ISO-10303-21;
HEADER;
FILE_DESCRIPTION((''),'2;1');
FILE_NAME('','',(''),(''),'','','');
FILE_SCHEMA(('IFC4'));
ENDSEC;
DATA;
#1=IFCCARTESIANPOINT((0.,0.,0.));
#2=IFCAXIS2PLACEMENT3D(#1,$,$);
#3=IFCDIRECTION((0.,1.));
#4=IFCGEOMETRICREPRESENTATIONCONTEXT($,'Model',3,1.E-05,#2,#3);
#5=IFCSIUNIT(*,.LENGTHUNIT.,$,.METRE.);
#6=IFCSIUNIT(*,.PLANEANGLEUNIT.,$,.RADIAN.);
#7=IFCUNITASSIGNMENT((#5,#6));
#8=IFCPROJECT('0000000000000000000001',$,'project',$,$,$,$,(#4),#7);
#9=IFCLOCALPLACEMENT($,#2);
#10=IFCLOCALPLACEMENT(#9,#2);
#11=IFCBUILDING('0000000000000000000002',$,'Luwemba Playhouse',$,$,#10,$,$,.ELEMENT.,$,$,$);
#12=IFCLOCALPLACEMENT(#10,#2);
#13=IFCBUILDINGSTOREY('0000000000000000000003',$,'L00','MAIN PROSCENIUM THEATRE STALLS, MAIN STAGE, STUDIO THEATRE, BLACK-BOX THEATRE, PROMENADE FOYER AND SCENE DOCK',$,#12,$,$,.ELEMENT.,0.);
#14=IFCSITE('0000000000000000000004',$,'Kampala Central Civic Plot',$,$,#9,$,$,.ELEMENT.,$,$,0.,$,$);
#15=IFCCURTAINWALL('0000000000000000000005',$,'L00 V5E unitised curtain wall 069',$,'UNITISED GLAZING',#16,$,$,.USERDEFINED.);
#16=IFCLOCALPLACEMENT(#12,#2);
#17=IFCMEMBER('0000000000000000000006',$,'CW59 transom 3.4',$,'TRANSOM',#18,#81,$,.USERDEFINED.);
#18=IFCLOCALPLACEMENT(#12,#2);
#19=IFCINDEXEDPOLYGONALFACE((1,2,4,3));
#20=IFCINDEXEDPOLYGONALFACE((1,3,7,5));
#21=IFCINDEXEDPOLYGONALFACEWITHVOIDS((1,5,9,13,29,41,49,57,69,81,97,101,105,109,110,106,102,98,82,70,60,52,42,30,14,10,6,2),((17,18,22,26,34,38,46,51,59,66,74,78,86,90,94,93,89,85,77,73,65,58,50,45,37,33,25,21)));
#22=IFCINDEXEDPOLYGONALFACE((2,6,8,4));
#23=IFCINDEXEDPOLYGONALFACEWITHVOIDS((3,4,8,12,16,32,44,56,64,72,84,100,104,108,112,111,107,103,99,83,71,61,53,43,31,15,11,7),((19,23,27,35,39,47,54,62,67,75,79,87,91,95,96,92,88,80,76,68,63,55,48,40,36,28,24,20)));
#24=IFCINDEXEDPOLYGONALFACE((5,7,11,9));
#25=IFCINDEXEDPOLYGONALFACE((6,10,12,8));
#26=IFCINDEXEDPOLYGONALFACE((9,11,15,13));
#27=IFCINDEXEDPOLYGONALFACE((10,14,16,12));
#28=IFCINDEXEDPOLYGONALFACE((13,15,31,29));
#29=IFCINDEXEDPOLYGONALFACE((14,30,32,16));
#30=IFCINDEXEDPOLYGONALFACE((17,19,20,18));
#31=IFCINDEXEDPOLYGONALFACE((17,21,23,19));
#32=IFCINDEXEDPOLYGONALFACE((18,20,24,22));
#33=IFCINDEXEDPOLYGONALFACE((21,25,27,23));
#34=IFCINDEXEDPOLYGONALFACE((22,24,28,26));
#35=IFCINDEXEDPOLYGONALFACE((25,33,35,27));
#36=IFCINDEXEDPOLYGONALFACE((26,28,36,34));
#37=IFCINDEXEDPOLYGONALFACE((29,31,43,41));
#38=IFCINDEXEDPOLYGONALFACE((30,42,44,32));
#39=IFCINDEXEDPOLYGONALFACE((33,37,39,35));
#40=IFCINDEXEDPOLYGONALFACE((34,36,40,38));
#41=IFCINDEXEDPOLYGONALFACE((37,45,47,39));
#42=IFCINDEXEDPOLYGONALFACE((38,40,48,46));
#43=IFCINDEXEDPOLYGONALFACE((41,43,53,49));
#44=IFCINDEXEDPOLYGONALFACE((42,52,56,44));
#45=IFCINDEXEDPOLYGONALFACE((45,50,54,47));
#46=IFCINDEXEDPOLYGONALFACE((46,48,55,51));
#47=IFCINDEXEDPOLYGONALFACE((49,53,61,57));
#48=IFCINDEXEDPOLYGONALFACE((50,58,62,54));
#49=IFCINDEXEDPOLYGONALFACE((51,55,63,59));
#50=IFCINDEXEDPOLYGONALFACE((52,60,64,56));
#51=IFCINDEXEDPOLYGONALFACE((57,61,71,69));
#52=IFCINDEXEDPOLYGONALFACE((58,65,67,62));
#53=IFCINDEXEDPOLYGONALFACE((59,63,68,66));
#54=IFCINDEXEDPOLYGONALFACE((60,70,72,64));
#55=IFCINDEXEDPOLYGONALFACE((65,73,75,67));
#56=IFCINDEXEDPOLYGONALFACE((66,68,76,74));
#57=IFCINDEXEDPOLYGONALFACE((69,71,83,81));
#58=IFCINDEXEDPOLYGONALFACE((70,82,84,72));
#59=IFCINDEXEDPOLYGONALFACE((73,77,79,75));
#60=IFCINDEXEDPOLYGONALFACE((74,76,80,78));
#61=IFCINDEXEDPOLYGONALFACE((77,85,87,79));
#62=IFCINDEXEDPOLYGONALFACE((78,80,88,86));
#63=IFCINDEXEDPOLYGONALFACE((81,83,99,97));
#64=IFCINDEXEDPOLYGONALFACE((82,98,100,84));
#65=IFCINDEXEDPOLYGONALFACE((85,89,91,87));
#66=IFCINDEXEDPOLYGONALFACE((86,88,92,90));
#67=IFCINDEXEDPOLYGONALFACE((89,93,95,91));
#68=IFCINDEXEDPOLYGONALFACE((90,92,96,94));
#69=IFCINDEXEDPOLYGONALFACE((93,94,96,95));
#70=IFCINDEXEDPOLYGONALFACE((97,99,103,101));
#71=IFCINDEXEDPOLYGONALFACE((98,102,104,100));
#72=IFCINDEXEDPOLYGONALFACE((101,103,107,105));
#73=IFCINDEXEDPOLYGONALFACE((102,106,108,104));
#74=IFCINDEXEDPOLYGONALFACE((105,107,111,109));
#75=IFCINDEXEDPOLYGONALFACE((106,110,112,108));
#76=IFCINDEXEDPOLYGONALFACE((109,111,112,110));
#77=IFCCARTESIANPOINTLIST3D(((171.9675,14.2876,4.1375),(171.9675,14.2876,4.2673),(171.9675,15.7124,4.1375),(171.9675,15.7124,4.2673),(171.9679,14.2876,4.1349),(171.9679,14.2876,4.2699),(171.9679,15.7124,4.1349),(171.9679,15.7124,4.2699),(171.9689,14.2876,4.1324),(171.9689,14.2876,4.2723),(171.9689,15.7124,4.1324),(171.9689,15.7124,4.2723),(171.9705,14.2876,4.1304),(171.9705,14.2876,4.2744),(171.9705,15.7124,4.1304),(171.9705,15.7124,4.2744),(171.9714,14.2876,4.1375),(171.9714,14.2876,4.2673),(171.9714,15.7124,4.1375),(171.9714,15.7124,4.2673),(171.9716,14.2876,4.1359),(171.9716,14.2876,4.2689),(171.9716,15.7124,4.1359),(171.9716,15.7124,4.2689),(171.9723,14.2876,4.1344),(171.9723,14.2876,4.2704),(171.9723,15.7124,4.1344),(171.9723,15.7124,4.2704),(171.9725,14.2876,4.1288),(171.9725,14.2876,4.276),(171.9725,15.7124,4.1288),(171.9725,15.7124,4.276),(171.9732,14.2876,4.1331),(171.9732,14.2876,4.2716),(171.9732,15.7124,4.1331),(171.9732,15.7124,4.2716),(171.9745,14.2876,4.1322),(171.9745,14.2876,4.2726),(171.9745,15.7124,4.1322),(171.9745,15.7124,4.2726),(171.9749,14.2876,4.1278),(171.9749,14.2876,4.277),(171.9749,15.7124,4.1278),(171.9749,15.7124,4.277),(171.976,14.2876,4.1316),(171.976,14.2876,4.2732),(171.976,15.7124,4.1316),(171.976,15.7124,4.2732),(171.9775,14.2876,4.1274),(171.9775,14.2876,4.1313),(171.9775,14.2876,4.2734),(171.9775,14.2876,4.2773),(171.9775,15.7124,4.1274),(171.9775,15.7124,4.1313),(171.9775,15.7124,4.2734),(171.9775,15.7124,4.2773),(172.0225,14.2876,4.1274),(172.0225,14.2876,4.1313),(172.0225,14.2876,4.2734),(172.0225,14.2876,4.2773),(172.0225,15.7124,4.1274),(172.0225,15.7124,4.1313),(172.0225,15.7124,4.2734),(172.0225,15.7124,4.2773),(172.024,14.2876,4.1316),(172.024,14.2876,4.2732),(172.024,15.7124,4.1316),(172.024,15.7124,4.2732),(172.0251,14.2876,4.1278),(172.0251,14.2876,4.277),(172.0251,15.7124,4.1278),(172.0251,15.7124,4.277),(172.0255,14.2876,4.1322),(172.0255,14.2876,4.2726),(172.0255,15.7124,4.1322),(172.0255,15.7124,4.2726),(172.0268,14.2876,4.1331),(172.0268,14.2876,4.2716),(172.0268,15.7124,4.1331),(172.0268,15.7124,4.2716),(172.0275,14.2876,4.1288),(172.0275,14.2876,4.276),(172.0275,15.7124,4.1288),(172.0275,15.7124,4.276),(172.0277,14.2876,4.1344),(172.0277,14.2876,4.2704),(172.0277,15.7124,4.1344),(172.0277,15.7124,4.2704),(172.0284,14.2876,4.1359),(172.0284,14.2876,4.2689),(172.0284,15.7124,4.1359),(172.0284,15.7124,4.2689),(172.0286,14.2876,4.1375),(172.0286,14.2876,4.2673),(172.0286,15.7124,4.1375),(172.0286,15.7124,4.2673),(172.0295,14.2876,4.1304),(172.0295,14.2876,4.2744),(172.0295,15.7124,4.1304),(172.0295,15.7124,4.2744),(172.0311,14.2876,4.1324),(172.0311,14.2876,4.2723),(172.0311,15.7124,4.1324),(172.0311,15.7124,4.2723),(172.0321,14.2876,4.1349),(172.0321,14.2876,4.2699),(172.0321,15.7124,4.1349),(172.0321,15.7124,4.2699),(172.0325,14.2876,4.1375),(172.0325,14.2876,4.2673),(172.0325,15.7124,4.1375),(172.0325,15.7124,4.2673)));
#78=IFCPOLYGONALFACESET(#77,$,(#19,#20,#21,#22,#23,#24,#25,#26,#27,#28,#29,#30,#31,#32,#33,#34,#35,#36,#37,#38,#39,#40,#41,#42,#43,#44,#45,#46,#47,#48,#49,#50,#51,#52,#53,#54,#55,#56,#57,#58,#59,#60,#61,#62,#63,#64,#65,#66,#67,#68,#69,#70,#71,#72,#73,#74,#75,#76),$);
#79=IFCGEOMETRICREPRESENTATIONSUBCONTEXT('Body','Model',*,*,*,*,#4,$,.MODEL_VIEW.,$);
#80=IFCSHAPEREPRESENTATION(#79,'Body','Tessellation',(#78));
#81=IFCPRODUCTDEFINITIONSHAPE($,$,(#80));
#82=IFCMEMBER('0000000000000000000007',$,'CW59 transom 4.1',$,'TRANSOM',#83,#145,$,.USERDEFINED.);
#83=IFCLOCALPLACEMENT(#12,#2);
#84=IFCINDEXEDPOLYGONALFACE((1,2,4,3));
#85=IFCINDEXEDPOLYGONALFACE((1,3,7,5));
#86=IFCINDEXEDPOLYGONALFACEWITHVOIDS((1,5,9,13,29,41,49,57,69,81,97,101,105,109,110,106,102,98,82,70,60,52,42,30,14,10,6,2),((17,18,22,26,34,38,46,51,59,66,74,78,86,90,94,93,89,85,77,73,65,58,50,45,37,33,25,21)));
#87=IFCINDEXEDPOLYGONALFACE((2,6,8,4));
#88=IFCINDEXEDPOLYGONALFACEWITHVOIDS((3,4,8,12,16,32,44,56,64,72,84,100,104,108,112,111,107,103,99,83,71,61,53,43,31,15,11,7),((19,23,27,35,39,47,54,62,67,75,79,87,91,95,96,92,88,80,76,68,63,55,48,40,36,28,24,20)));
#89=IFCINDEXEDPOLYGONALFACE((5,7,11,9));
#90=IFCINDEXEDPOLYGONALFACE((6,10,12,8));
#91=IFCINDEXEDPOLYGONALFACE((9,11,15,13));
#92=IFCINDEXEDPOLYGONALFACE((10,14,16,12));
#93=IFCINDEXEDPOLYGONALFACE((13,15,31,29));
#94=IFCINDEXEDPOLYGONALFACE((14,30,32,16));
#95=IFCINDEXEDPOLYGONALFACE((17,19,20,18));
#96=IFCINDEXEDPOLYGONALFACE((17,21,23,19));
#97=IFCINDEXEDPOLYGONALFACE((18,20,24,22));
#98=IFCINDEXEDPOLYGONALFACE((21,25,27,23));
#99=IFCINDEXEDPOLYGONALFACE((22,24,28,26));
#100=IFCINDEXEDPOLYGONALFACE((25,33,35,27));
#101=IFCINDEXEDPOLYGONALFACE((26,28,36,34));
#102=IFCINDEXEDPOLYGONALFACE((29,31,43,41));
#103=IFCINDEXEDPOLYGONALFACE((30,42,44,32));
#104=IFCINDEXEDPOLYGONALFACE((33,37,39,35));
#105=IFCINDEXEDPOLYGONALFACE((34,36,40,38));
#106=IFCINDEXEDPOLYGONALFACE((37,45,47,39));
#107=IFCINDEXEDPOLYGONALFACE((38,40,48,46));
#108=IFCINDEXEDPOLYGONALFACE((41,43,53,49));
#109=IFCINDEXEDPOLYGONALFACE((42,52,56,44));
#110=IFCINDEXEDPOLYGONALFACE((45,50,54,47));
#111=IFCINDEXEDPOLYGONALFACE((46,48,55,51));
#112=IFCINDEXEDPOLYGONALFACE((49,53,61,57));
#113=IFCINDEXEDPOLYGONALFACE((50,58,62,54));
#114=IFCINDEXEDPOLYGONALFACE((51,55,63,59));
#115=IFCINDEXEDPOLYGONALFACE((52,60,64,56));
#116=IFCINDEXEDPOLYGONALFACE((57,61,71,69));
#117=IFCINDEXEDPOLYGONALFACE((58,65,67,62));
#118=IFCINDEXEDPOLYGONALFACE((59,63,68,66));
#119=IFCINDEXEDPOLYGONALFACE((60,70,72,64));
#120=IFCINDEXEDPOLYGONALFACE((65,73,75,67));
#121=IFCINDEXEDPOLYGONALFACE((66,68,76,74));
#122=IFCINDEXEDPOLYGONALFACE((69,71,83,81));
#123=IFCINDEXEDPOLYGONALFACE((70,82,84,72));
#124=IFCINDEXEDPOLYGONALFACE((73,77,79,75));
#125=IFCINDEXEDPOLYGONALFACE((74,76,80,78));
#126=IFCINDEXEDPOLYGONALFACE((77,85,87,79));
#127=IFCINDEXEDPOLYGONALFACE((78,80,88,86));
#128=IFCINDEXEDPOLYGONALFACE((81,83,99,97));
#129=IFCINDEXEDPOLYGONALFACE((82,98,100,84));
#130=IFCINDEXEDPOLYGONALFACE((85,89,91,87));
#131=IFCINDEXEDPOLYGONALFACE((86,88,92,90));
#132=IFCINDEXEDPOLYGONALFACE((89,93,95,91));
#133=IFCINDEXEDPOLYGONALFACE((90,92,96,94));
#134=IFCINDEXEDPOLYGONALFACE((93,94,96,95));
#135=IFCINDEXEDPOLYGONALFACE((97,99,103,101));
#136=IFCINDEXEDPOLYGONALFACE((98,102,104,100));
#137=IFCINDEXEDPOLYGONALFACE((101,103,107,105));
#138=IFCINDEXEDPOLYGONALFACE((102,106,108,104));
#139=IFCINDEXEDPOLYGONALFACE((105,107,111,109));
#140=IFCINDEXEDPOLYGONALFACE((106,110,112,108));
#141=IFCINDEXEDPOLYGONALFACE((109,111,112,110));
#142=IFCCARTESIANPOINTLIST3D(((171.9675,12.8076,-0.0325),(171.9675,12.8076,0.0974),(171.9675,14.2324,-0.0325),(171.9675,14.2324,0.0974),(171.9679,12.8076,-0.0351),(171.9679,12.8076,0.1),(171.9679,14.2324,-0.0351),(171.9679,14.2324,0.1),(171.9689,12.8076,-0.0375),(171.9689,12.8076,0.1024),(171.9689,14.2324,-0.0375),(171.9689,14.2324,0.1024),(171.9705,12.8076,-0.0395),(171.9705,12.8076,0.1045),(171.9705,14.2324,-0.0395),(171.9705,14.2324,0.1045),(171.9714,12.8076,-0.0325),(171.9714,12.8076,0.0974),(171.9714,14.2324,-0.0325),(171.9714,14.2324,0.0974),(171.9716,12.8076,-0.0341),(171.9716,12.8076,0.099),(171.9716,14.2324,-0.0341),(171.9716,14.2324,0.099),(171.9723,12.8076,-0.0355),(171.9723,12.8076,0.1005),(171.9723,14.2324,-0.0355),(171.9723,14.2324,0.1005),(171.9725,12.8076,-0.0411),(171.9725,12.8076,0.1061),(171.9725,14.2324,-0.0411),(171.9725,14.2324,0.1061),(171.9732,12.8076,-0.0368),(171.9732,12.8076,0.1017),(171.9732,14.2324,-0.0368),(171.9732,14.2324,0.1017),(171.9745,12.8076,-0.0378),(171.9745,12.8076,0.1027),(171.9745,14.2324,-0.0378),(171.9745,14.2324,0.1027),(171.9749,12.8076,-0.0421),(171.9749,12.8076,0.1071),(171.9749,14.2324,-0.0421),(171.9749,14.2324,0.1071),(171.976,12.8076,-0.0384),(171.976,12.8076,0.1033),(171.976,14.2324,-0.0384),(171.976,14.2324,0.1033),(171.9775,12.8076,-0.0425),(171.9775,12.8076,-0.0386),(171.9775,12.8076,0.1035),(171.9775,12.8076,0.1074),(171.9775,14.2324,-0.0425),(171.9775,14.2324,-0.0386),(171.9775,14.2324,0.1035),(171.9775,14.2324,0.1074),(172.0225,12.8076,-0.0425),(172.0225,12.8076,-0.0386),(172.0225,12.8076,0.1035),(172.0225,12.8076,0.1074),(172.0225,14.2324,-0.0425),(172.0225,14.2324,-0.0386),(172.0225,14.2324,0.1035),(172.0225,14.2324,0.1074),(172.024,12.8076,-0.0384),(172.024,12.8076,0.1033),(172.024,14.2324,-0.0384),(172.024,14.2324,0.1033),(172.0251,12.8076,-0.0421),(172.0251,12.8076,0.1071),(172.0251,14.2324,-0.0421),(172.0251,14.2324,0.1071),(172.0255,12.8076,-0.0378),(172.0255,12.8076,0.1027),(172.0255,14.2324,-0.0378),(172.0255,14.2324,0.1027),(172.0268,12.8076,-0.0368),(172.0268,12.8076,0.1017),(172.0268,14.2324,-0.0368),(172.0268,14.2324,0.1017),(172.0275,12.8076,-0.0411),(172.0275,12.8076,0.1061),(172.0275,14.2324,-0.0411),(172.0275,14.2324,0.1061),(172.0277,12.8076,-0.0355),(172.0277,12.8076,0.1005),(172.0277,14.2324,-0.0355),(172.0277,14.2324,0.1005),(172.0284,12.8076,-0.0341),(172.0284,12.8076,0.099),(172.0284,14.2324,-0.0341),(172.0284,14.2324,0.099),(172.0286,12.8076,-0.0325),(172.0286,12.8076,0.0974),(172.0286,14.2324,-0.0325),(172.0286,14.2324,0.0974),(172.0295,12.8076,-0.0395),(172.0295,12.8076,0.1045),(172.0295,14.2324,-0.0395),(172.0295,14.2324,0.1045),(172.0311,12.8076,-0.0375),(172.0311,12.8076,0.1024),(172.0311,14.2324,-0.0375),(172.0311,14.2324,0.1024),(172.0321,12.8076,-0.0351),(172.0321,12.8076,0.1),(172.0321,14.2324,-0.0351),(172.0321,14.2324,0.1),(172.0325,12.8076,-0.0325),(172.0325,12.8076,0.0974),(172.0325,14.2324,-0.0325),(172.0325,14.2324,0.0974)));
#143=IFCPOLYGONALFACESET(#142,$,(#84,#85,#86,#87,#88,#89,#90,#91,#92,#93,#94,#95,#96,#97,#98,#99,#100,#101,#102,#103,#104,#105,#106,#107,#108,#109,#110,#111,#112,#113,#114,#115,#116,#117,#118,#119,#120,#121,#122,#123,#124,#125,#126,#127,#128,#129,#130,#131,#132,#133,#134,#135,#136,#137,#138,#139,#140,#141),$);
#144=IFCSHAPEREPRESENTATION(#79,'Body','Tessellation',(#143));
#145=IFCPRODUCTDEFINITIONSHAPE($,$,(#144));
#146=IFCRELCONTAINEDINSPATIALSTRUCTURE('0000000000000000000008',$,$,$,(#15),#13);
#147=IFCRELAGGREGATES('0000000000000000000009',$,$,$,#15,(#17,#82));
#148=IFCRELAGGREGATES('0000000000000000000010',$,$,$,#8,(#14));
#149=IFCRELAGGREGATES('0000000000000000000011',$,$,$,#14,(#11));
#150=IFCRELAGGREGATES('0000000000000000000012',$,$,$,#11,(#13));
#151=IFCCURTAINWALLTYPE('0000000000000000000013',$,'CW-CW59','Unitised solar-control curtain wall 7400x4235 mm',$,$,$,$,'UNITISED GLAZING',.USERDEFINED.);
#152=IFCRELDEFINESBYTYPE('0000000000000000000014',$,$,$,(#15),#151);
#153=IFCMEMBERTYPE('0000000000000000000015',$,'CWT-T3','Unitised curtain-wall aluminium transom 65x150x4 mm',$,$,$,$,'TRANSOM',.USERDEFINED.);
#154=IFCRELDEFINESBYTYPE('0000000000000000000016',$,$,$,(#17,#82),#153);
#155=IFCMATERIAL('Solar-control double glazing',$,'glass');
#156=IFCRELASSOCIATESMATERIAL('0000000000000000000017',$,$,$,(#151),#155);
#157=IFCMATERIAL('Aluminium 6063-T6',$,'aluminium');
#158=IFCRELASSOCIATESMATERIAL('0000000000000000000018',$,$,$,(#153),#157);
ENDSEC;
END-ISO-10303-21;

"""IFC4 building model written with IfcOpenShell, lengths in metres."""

from ifc_helpers import new_model, si_unit, direction, frame, origin, origin_2d, place, context, subcontext, project, spatial, hollow_rectangle, extrude, material, material_profile, profile_set, type_object, element, aggregate, save


model = new_model("IFC4")

# Units and contexts
model_context = context("Model", 3, precision=1e-05, world=origin(), true_north=direction((0.0, 1.0)))
body_context = subcontext(model_context, "Body", "Model", "MODEL_VIEW")
ifc_project = project(units=[si_unit("LENGTHUNIT", "METRE"), si_unit("PLANEANGLEUNIT", "RADIAN")], contexts=[model_context])

# Site, building, storey
site_placement = place(None, origin())
site = spatial("IfcSite", under=ifc_project, at=site_placement, Name="Kampala Central Civic Plot", CompositionType="ELEMENT", RefElevation=0.0)
building_placement = place(site_placement, origin())
building = spatial("IfcBuilding", under=site, at=building_placement, Name="Luwemba Playhouse", CompositionType="ELEMENT")
storey_placement = place(building_placement, origin())
storey = spatial("IfcBuildingStorey", under=building, at=storey_placement, Name="L00", Description="MAIN PROSCENIUM THEATRE STALLS, MAIN STAGE, STUDIO THEATRE, BLACK-BOX THEATRE, PROMENADE FOYER AND SCENE DOCK", CompositionType="ELEMENT", Elevation=0.0)

# Curtain wall, members
ifc_material_1 = material(Name="Solar-control double glazing", Category="glass")
curtain_wall_type = type_object("IfcCurtainWallType", Name="CW-CW59", Description="Unitised solar-control curtain wall 7400x4235 mm", ElementType="UNITISED GLAZING", PredefinedType="USERDEFINED", material=ifc_material_1)
curtain_wall_placement = place(storey_placement, origin())
curtain_wall = element("IfcCurtainWall", 1, at=curtain_wall_placement, inside=storey, type_object=curtain_wall_type, Name="L00 V5E unitised curtain wall 069", ObjectType="UNITISED GLAZING", PredefinedType="USERDEFINED")
ifc_material_2 = material(Name="Aluminium 6063-T6", Category="aluminium")
ifc_material_profile_1 = material_profile(ifc_material_2, hollow_rectangle(XDim=0.0649, YDim=0.1499, WallThickness=0.0039, InnerFilletRadius=0.0061, OuterFilletRadius=0.01, at=origin_2d()))
ifc_profile_set_1 = profile_set([ifc_material_profile_1], Name="Aluminium 6063-T6")
member_type_1 = type_object("IfcMemberType", Name="CWT-T3", Description="Unitised curtain-wall aluminium transom 65x150x4 mm", ElementType="TRANSOM", PredefinedType="USERDEFINED", material=ifc_profile_set_1)
member_1_placement = place(storey_placement, frame((172.0, 15.7124, 4.2024), z_axis=(0.0, -1.0, 0.0), x_axis=(1.0, 0.0, 0.0)))
member_1 = element("IfcMember", 2, at=member_1_placement, type_object=member_type_1, Name="CW59 transom 3.4", ObjectType="TRANSOM", PredefinedType="USERDEFINED", context=body_context, shape_type="SweptSolid", body=[
    extrude(hollow_rectangle(XDim=0.0649, YDim=0.1499, WallThickness=0.0039, InnerFilletRadius=0.0061, OuterFilletRadius=0.01, at=origin_2d()), origin(), (0.0, 0.0, 1.0), 1.4248),
])
member_2_placement = place(storey_placement, frame((172.0, 14.2324, 0.0325), z_axis=(0.0, -1.0, 0.0), x_axis=(1.0, 0.0, 0.0)))
member_2 = element("IfcMember", 3, at=member_2_placement, type_object=member_type_1, Name="CW59 transom 4.1", ObjectType="TRANSOM", PredefinedType="USERDEFINED", context=body_context, shape_type="SweptSolid", body=[
    extrude(hollow_rectangle(XDim=0.0649, YDim=0.1499, WallThickness=0.0039, InnerFilletRadius=0.0061, OuterFilletRadius=0.01, at=origin_2d()), origin(), (0.0, 0.0, 1.0), 1.4248),
])
aggregate(curtain_wall, [member_1, member_2])

save(model, "model.ifc")
